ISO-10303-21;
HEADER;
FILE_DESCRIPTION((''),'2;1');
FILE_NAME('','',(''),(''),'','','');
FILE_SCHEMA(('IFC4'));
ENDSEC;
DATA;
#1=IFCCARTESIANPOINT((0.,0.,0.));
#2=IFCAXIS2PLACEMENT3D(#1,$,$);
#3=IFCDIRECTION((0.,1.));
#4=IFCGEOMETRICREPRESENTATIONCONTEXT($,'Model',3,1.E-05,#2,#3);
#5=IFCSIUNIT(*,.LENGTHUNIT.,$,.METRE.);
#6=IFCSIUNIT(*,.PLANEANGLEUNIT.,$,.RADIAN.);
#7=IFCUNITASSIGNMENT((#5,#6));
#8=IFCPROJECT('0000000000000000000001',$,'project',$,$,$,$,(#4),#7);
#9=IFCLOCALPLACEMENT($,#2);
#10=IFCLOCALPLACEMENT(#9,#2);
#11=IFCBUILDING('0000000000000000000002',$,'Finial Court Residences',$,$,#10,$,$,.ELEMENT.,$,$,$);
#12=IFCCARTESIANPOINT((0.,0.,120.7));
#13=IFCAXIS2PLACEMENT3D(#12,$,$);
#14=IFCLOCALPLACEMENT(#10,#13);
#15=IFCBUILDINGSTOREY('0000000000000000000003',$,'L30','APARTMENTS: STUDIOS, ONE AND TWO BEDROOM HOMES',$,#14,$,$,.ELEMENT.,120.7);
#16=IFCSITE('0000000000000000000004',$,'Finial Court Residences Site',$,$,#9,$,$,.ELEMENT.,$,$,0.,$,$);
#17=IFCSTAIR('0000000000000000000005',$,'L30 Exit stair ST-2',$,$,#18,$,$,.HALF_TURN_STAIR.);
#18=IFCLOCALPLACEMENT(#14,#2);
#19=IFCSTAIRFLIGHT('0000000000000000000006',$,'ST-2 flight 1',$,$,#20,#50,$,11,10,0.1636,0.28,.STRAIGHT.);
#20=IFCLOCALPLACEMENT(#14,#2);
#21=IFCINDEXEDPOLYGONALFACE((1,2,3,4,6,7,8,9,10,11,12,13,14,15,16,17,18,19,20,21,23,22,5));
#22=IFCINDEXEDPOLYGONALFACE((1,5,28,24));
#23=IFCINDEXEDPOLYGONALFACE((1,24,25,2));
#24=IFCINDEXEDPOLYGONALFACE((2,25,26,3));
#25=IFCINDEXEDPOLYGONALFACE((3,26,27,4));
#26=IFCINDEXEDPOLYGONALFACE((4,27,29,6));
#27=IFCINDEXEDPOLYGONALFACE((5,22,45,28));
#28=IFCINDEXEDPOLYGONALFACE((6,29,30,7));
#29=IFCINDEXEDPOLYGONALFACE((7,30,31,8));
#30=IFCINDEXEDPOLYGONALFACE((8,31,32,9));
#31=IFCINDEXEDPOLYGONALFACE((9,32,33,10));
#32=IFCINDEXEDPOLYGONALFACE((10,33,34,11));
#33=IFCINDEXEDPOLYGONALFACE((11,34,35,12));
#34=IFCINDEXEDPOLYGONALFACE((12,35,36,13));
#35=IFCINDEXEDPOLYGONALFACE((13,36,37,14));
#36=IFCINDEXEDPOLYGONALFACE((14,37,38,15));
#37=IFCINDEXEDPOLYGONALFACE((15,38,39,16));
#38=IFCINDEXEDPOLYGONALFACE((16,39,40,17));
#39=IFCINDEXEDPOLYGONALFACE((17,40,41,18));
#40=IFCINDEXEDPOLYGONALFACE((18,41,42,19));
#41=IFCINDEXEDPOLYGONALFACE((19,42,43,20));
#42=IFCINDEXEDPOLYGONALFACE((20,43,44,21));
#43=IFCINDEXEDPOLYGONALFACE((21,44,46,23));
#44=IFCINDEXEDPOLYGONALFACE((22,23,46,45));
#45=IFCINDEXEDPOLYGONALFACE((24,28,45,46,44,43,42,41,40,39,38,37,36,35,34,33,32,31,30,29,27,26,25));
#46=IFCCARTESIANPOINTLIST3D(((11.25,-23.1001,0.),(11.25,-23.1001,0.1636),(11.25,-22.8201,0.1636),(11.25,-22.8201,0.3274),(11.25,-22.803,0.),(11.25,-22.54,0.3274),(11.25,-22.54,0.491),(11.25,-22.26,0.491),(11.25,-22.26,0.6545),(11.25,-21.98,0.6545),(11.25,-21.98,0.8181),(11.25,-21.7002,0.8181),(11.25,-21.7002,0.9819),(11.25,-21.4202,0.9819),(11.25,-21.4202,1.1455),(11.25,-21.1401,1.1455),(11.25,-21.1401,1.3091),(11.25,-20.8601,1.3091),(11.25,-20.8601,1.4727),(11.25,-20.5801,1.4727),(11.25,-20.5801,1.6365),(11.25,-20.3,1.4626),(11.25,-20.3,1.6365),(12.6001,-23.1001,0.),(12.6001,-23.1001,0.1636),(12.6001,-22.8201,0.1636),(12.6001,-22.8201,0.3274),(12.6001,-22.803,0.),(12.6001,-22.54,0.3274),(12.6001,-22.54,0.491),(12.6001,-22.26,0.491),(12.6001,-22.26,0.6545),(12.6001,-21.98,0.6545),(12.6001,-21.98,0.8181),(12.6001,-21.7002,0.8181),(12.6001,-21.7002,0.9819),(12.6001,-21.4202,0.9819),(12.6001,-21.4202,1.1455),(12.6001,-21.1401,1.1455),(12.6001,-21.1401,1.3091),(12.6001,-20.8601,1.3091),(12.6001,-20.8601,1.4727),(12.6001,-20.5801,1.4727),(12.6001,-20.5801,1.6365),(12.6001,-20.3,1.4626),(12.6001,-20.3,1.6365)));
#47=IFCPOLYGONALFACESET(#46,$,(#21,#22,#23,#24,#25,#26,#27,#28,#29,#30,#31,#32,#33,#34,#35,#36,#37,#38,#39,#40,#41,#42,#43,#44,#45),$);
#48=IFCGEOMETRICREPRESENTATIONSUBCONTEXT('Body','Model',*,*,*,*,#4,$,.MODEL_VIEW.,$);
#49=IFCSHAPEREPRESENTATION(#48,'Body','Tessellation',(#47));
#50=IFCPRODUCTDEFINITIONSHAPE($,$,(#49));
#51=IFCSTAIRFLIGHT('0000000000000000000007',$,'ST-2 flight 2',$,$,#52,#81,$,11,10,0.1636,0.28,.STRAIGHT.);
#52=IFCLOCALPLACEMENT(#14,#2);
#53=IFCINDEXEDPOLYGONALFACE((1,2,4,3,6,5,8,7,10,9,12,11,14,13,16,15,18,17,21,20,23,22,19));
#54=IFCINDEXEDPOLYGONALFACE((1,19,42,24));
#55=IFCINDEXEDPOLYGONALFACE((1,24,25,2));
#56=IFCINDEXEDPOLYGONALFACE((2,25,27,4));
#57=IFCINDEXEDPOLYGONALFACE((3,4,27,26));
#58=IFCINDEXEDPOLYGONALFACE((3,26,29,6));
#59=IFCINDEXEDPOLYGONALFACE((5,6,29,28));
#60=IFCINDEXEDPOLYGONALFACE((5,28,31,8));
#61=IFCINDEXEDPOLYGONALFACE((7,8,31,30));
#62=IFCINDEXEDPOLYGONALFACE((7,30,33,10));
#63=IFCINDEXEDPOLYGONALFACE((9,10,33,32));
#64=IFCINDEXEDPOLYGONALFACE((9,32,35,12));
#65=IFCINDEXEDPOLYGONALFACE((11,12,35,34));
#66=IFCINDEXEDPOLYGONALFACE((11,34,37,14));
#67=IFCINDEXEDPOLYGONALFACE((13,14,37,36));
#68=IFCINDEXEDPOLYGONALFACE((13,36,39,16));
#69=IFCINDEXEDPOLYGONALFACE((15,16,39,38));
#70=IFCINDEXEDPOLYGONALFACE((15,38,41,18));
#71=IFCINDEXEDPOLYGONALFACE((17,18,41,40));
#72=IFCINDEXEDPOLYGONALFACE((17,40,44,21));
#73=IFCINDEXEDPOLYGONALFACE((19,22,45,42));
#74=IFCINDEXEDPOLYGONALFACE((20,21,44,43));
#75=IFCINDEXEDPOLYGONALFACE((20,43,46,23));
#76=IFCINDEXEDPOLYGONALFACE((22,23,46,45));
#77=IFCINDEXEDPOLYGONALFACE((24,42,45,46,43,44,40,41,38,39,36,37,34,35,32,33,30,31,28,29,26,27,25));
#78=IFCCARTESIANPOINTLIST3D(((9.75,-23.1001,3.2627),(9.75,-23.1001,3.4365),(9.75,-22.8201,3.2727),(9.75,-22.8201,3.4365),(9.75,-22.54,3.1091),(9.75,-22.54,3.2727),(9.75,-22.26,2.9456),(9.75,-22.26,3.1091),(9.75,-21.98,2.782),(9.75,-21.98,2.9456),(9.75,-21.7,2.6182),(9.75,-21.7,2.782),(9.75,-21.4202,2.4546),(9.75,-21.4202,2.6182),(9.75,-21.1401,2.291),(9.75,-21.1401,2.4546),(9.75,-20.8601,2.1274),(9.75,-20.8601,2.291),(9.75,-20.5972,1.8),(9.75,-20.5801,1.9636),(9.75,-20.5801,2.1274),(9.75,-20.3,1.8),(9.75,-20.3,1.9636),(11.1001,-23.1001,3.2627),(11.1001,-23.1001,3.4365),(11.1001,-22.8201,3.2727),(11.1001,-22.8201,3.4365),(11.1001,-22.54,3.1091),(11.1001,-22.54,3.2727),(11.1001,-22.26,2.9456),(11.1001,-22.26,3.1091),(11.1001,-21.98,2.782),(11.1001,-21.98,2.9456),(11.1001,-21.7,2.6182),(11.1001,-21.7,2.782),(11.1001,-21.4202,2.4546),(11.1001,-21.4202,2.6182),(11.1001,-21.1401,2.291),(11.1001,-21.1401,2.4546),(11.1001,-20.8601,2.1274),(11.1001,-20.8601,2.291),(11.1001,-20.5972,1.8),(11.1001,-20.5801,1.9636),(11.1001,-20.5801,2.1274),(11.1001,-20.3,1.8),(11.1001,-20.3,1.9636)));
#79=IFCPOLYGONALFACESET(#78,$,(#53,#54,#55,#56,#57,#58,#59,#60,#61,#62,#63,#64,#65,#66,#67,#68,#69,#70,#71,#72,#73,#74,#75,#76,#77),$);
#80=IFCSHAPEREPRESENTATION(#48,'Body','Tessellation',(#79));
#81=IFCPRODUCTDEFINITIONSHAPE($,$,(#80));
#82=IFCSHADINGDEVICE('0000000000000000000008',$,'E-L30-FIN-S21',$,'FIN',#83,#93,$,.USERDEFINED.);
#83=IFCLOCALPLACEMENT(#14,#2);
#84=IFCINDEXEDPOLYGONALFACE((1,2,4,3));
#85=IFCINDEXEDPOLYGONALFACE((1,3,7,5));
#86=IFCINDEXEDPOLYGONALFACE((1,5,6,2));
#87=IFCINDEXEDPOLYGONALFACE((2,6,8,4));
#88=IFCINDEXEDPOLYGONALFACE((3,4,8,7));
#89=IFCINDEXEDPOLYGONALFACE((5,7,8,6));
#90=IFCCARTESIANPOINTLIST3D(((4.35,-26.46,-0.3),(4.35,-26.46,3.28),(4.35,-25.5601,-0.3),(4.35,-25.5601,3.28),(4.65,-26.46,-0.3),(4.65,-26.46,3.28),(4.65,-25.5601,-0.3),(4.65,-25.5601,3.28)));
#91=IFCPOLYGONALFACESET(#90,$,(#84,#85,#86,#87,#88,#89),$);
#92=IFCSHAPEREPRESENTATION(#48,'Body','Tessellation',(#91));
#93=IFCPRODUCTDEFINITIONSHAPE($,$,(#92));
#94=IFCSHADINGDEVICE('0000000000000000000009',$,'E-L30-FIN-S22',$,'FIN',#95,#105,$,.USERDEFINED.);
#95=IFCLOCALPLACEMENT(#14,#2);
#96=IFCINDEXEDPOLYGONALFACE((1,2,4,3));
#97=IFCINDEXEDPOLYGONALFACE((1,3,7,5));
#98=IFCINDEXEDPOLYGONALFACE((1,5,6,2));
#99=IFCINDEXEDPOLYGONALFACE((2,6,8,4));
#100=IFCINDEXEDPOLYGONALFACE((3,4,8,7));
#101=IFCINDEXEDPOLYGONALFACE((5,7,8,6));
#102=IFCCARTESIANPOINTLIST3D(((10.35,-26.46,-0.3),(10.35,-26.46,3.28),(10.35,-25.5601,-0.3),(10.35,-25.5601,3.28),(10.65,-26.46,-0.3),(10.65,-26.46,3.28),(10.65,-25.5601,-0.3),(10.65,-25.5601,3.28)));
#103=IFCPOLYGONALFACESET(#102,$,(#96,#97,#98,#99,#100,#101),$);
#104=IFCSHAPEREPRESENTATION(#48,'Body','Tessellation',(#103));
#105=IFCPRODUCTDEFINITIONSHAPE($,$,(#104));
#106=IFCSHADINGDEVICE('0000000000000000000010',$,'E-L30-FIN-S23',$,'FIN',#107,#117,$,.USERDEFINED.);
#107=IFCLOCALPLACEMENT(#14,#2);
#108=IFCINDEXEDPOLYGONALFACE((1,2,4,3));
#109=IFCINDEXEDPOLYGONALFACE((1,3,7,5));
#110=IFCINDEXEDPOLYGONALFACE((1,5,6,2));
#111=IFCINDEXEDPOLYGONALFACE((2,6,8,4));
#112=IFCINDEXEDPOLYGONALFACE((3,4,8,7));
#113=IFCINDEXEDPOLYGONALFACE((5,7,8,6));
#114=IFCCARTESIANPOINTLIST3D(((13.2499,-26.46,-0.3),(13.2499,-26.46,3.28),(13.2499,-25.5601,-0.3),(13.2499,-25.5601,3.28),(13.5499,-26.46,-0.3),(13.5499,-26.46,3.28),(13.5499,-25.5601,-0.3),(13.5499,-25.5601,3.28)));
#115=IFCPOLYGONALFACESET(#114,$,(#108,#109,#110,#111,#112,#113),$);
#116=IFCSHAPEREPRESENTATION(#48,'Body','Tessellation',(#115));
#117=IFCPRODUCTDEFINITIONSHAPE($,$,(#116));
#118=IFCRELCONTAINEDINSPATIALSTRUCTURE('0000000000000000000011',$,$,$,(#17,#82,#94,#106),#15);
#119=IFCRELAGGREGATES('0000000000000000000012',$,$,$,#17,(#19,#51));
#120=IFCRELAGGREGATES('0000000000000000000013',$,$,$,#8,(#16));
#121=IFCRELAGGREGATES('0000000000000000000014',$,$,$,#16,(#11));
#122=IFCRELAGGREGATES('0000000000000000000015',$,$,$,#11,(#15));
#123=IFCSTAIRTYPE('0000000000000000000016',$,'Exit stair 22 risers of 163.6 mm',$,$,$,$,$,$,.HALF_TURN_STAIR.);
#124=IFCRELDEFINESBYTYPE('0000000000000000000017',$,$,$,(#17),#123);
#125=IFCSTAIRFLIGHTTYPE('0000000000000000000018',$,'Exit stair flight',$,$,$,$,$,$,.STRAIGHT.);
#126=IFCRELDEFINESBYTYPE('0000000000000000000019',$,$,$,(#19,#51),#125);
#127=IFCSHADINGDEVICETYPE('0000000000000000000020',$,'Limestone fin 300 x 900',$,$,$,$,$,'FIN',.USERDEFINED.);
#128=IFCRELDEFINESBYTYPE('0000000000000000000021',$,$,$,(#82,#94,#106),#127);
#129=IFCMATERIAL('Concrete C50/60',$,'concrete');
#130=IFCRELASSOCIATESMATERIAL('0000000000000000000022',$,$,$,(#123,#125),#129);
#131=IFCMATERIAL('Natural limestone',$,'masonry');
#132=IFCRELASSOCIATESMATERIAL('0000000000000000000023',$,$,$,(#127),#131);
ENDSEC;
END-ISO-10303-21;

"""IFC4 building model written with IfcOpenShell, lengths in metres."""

from ifc_helpers import new_model, si_unit, direction, frame, origin, origin_2d, place, context, subcontext, project, spatial, polyline, rectangle, outline, extrude, material, type_object, element, aggregate, save


model = new_model("IFC4")

# Units and contexts
model_context = context("Model", 3, precision=1e-05, world=origin(), true_north=direction((0.0, 1.0)))
body_context = subcontext(model_context, "Body", "Model", "MODEL_VIEW")
ifc_project = project(units=[si_unit("LENGTHUNIT", "METRE"), si_unit("PLANEANGLEUNIT", "RADIAN")], contexts=[model_context])

# Site, building, storey
site_placement = place(None, origin())
site = spatial("IfcSite", under=ifc_project, at=site_placement, Name="Finial Court Residences Site", CompositionType="ELEMENT", RefElevation=0.0)
building_placement = place(site_placement, origin())
building = spatial("IfcBuilding", under=site, at=building_placement, Name="Finial Court Residences", CompositionType="ELEMENT")
storey_placement = place(building_placement, frame((0.0, 0.0, 120.7)))
storey = spatial("IfcBuildingStorey", under=building, at=storey_placement, Name="L30", Description="APARTMENTS: STUDIOS, ONE AND TWO BEDROOM HOMES", CompositionType="ELEMENT", Elevation=120.7)

# Stair, stair flights
ifc_material_1 = material(Name="Concrete C50/60", Category="concrete")
stair_type = type_object("IfcStairType", Name="Exit stair 22 risers of 163.6 mm", PredefinedType="HALF_TURN_STAIR", material=ifc_material_1)
stair_placement = place(storey_placement, origin())
stair = element("IfcStair", 1, at=stair_placement, inside=storey, type_object=stair_type, Name="L30 Exit stair ST-2", PredefinedType="HALF_TURN_STAIR")
stair_flight_type = type_object("IfcStairFlightType", Name="Exit stair flight", PredefinedType="STRAIGHT", material=ifc_material_1)
stair_flight_1_placement = place(storey_placement, frame((11.925, -23.1001, 0.0), z_axis=(0.0, 0.0, 1.0), x_axis=(0.0, 1.0, 0.0)))
stair_flight_1 = element("IfcStairFlight", 2, at=stair_flight_1_placement, type_object=stair_flight_type, Name="ST-2 flight 1", NumberOfRisers=11, NumberOfTreads=10, PredefinedType="STRAIGHT", RiserHeight=0.1636, TreadLength=0.28, context=body_context, shape_type="SweptSolid", body=[
    extrude(outline(polyline([(0.0, 0.0), (0.0, 0.1636), (0.28, 0.1636), (0.28, 0.3274), (0.5601, 0.3274), (0.5601, 0.491), (0.8401, 0.491), (0.8401, 0.6545), (1.1201, 0.6545), (1.1201, 0.8181), (1.3999, 0.8181), (1.3999, 0.9819), (1.6799, 0.9819), (1.6799, 1.1455), (1.96, 1.1455), (1.96, 1.3091), (2.24, 1.3091), (2.24, 1.4727), (2.52, 1.4727), (2.52, 1.6365), (2.8, 1.6365), (2.8, 1.8), (2.8, 1.4626), (0.2971, 0.0), (0.0, 0.0)])), frame((0.0, 0.675, 0.0), z_axis=(0.0, -1.0, 0.0), x_axis=(1.0, 0.0, 0.0)), (0.0, 0.0, 1.0), 1.3501),
])
stair_flight_2_placement = place(storey_placement, frame((10.425, -20.3, 1.8), z_axis=(0.0, 0.0, 1.0), x_axis=(0.0, -1.0, 0.0)))
stair_flight_2 = element("IfcStairFlight", 3, at=stair_flight_2_placement, type_object=stair_flight_type, Name="ST-2 flight 2", NumberOfRisers=11, NumberOfTreads=10, PredefinedType="STRAIGHT", RiserHeight=0.1636, TreadLength=0.28, context=body_context, shape_type="SweptSolid", body=[
    extrude(outline(polyline([(0.0, 0.0), (0.0, 0.1636), (0.28, 0.1636), (0.28, 0.3274), (0.5601, 0.3274), (0.5601, 0.491), (0.8401, 0.491), (0.8401, 0.6545), (1.1201, 0.6545), (1.1201, 0.8181), (1.3999, 0.8181), (1.3999, 0.9819), (1.6799, 0.9819), (1.6799, 1.1455), (1.96, 1.1455), (1.96, 1.3091), (2.24, 1.3091), (2.24, 1.4727), (2.52, 1.4727), (2.52, 1.6365), (2.8, 1.6365), (2.8, 1.8), (2.8, 1.4626), (0.2971, 0.0), (0.0, 0.0)])), frame((0.0, 0.675, 0.0), z_axis=(0.0, -1.0, 0.0), x_axis=(1.0, 0.0, 0.0)), (0.0, 0.0, 1.0), 1.3501),
])
aggregate(stair, [stair_flight_1, stair_flight_2])

# Shading devices
ifc_material_2 = material(Name="Natural limestone", Category="masonry")
shading_device_type = type_object("IfcShadingDeviceType", Name="Limestone fin 300 x 900", ElementType="FIN", PredefinedType="USERDEFINED", material=ifc_material_2)
for number, where, z_axis, x_axis, name in (
    (4, (4.5, -26.01, -0.3), (0.0, 0.0, 1.0), (1.0, 0.0, 0.0), "E-L30-FIN-S21"),
    (5, (10.5, -26.01, -0.3), (0.0, 0.0, 1.0), (1.0, 0.0, 0.0), "E-L30-FIN-S22"),
    (6, (13.3999, -26.01, -0.3), (0.0, 0.0, 1.0), (1.0, 0.0, 0.0), "E-L30-FIN-S23"),
):
    element("IfcShadingDevice", number, at=place(storey_placement, frame(where, z_axis=z_axis, x_axis=x_axis)), inside=storey, type_object=shading_device_type, Name=name, ObjectType="FIN", PredefinedType="USERDEFINED", context=body_context, shape_type="SweptSolid", body=[
        extrude(rectangle(XDim=0.3, YDim=0.8999, at=origin_2d()), origin(), (0.0, 0.0, 1.0), 3.5801),
    ])

save(model, "model.ifc")
